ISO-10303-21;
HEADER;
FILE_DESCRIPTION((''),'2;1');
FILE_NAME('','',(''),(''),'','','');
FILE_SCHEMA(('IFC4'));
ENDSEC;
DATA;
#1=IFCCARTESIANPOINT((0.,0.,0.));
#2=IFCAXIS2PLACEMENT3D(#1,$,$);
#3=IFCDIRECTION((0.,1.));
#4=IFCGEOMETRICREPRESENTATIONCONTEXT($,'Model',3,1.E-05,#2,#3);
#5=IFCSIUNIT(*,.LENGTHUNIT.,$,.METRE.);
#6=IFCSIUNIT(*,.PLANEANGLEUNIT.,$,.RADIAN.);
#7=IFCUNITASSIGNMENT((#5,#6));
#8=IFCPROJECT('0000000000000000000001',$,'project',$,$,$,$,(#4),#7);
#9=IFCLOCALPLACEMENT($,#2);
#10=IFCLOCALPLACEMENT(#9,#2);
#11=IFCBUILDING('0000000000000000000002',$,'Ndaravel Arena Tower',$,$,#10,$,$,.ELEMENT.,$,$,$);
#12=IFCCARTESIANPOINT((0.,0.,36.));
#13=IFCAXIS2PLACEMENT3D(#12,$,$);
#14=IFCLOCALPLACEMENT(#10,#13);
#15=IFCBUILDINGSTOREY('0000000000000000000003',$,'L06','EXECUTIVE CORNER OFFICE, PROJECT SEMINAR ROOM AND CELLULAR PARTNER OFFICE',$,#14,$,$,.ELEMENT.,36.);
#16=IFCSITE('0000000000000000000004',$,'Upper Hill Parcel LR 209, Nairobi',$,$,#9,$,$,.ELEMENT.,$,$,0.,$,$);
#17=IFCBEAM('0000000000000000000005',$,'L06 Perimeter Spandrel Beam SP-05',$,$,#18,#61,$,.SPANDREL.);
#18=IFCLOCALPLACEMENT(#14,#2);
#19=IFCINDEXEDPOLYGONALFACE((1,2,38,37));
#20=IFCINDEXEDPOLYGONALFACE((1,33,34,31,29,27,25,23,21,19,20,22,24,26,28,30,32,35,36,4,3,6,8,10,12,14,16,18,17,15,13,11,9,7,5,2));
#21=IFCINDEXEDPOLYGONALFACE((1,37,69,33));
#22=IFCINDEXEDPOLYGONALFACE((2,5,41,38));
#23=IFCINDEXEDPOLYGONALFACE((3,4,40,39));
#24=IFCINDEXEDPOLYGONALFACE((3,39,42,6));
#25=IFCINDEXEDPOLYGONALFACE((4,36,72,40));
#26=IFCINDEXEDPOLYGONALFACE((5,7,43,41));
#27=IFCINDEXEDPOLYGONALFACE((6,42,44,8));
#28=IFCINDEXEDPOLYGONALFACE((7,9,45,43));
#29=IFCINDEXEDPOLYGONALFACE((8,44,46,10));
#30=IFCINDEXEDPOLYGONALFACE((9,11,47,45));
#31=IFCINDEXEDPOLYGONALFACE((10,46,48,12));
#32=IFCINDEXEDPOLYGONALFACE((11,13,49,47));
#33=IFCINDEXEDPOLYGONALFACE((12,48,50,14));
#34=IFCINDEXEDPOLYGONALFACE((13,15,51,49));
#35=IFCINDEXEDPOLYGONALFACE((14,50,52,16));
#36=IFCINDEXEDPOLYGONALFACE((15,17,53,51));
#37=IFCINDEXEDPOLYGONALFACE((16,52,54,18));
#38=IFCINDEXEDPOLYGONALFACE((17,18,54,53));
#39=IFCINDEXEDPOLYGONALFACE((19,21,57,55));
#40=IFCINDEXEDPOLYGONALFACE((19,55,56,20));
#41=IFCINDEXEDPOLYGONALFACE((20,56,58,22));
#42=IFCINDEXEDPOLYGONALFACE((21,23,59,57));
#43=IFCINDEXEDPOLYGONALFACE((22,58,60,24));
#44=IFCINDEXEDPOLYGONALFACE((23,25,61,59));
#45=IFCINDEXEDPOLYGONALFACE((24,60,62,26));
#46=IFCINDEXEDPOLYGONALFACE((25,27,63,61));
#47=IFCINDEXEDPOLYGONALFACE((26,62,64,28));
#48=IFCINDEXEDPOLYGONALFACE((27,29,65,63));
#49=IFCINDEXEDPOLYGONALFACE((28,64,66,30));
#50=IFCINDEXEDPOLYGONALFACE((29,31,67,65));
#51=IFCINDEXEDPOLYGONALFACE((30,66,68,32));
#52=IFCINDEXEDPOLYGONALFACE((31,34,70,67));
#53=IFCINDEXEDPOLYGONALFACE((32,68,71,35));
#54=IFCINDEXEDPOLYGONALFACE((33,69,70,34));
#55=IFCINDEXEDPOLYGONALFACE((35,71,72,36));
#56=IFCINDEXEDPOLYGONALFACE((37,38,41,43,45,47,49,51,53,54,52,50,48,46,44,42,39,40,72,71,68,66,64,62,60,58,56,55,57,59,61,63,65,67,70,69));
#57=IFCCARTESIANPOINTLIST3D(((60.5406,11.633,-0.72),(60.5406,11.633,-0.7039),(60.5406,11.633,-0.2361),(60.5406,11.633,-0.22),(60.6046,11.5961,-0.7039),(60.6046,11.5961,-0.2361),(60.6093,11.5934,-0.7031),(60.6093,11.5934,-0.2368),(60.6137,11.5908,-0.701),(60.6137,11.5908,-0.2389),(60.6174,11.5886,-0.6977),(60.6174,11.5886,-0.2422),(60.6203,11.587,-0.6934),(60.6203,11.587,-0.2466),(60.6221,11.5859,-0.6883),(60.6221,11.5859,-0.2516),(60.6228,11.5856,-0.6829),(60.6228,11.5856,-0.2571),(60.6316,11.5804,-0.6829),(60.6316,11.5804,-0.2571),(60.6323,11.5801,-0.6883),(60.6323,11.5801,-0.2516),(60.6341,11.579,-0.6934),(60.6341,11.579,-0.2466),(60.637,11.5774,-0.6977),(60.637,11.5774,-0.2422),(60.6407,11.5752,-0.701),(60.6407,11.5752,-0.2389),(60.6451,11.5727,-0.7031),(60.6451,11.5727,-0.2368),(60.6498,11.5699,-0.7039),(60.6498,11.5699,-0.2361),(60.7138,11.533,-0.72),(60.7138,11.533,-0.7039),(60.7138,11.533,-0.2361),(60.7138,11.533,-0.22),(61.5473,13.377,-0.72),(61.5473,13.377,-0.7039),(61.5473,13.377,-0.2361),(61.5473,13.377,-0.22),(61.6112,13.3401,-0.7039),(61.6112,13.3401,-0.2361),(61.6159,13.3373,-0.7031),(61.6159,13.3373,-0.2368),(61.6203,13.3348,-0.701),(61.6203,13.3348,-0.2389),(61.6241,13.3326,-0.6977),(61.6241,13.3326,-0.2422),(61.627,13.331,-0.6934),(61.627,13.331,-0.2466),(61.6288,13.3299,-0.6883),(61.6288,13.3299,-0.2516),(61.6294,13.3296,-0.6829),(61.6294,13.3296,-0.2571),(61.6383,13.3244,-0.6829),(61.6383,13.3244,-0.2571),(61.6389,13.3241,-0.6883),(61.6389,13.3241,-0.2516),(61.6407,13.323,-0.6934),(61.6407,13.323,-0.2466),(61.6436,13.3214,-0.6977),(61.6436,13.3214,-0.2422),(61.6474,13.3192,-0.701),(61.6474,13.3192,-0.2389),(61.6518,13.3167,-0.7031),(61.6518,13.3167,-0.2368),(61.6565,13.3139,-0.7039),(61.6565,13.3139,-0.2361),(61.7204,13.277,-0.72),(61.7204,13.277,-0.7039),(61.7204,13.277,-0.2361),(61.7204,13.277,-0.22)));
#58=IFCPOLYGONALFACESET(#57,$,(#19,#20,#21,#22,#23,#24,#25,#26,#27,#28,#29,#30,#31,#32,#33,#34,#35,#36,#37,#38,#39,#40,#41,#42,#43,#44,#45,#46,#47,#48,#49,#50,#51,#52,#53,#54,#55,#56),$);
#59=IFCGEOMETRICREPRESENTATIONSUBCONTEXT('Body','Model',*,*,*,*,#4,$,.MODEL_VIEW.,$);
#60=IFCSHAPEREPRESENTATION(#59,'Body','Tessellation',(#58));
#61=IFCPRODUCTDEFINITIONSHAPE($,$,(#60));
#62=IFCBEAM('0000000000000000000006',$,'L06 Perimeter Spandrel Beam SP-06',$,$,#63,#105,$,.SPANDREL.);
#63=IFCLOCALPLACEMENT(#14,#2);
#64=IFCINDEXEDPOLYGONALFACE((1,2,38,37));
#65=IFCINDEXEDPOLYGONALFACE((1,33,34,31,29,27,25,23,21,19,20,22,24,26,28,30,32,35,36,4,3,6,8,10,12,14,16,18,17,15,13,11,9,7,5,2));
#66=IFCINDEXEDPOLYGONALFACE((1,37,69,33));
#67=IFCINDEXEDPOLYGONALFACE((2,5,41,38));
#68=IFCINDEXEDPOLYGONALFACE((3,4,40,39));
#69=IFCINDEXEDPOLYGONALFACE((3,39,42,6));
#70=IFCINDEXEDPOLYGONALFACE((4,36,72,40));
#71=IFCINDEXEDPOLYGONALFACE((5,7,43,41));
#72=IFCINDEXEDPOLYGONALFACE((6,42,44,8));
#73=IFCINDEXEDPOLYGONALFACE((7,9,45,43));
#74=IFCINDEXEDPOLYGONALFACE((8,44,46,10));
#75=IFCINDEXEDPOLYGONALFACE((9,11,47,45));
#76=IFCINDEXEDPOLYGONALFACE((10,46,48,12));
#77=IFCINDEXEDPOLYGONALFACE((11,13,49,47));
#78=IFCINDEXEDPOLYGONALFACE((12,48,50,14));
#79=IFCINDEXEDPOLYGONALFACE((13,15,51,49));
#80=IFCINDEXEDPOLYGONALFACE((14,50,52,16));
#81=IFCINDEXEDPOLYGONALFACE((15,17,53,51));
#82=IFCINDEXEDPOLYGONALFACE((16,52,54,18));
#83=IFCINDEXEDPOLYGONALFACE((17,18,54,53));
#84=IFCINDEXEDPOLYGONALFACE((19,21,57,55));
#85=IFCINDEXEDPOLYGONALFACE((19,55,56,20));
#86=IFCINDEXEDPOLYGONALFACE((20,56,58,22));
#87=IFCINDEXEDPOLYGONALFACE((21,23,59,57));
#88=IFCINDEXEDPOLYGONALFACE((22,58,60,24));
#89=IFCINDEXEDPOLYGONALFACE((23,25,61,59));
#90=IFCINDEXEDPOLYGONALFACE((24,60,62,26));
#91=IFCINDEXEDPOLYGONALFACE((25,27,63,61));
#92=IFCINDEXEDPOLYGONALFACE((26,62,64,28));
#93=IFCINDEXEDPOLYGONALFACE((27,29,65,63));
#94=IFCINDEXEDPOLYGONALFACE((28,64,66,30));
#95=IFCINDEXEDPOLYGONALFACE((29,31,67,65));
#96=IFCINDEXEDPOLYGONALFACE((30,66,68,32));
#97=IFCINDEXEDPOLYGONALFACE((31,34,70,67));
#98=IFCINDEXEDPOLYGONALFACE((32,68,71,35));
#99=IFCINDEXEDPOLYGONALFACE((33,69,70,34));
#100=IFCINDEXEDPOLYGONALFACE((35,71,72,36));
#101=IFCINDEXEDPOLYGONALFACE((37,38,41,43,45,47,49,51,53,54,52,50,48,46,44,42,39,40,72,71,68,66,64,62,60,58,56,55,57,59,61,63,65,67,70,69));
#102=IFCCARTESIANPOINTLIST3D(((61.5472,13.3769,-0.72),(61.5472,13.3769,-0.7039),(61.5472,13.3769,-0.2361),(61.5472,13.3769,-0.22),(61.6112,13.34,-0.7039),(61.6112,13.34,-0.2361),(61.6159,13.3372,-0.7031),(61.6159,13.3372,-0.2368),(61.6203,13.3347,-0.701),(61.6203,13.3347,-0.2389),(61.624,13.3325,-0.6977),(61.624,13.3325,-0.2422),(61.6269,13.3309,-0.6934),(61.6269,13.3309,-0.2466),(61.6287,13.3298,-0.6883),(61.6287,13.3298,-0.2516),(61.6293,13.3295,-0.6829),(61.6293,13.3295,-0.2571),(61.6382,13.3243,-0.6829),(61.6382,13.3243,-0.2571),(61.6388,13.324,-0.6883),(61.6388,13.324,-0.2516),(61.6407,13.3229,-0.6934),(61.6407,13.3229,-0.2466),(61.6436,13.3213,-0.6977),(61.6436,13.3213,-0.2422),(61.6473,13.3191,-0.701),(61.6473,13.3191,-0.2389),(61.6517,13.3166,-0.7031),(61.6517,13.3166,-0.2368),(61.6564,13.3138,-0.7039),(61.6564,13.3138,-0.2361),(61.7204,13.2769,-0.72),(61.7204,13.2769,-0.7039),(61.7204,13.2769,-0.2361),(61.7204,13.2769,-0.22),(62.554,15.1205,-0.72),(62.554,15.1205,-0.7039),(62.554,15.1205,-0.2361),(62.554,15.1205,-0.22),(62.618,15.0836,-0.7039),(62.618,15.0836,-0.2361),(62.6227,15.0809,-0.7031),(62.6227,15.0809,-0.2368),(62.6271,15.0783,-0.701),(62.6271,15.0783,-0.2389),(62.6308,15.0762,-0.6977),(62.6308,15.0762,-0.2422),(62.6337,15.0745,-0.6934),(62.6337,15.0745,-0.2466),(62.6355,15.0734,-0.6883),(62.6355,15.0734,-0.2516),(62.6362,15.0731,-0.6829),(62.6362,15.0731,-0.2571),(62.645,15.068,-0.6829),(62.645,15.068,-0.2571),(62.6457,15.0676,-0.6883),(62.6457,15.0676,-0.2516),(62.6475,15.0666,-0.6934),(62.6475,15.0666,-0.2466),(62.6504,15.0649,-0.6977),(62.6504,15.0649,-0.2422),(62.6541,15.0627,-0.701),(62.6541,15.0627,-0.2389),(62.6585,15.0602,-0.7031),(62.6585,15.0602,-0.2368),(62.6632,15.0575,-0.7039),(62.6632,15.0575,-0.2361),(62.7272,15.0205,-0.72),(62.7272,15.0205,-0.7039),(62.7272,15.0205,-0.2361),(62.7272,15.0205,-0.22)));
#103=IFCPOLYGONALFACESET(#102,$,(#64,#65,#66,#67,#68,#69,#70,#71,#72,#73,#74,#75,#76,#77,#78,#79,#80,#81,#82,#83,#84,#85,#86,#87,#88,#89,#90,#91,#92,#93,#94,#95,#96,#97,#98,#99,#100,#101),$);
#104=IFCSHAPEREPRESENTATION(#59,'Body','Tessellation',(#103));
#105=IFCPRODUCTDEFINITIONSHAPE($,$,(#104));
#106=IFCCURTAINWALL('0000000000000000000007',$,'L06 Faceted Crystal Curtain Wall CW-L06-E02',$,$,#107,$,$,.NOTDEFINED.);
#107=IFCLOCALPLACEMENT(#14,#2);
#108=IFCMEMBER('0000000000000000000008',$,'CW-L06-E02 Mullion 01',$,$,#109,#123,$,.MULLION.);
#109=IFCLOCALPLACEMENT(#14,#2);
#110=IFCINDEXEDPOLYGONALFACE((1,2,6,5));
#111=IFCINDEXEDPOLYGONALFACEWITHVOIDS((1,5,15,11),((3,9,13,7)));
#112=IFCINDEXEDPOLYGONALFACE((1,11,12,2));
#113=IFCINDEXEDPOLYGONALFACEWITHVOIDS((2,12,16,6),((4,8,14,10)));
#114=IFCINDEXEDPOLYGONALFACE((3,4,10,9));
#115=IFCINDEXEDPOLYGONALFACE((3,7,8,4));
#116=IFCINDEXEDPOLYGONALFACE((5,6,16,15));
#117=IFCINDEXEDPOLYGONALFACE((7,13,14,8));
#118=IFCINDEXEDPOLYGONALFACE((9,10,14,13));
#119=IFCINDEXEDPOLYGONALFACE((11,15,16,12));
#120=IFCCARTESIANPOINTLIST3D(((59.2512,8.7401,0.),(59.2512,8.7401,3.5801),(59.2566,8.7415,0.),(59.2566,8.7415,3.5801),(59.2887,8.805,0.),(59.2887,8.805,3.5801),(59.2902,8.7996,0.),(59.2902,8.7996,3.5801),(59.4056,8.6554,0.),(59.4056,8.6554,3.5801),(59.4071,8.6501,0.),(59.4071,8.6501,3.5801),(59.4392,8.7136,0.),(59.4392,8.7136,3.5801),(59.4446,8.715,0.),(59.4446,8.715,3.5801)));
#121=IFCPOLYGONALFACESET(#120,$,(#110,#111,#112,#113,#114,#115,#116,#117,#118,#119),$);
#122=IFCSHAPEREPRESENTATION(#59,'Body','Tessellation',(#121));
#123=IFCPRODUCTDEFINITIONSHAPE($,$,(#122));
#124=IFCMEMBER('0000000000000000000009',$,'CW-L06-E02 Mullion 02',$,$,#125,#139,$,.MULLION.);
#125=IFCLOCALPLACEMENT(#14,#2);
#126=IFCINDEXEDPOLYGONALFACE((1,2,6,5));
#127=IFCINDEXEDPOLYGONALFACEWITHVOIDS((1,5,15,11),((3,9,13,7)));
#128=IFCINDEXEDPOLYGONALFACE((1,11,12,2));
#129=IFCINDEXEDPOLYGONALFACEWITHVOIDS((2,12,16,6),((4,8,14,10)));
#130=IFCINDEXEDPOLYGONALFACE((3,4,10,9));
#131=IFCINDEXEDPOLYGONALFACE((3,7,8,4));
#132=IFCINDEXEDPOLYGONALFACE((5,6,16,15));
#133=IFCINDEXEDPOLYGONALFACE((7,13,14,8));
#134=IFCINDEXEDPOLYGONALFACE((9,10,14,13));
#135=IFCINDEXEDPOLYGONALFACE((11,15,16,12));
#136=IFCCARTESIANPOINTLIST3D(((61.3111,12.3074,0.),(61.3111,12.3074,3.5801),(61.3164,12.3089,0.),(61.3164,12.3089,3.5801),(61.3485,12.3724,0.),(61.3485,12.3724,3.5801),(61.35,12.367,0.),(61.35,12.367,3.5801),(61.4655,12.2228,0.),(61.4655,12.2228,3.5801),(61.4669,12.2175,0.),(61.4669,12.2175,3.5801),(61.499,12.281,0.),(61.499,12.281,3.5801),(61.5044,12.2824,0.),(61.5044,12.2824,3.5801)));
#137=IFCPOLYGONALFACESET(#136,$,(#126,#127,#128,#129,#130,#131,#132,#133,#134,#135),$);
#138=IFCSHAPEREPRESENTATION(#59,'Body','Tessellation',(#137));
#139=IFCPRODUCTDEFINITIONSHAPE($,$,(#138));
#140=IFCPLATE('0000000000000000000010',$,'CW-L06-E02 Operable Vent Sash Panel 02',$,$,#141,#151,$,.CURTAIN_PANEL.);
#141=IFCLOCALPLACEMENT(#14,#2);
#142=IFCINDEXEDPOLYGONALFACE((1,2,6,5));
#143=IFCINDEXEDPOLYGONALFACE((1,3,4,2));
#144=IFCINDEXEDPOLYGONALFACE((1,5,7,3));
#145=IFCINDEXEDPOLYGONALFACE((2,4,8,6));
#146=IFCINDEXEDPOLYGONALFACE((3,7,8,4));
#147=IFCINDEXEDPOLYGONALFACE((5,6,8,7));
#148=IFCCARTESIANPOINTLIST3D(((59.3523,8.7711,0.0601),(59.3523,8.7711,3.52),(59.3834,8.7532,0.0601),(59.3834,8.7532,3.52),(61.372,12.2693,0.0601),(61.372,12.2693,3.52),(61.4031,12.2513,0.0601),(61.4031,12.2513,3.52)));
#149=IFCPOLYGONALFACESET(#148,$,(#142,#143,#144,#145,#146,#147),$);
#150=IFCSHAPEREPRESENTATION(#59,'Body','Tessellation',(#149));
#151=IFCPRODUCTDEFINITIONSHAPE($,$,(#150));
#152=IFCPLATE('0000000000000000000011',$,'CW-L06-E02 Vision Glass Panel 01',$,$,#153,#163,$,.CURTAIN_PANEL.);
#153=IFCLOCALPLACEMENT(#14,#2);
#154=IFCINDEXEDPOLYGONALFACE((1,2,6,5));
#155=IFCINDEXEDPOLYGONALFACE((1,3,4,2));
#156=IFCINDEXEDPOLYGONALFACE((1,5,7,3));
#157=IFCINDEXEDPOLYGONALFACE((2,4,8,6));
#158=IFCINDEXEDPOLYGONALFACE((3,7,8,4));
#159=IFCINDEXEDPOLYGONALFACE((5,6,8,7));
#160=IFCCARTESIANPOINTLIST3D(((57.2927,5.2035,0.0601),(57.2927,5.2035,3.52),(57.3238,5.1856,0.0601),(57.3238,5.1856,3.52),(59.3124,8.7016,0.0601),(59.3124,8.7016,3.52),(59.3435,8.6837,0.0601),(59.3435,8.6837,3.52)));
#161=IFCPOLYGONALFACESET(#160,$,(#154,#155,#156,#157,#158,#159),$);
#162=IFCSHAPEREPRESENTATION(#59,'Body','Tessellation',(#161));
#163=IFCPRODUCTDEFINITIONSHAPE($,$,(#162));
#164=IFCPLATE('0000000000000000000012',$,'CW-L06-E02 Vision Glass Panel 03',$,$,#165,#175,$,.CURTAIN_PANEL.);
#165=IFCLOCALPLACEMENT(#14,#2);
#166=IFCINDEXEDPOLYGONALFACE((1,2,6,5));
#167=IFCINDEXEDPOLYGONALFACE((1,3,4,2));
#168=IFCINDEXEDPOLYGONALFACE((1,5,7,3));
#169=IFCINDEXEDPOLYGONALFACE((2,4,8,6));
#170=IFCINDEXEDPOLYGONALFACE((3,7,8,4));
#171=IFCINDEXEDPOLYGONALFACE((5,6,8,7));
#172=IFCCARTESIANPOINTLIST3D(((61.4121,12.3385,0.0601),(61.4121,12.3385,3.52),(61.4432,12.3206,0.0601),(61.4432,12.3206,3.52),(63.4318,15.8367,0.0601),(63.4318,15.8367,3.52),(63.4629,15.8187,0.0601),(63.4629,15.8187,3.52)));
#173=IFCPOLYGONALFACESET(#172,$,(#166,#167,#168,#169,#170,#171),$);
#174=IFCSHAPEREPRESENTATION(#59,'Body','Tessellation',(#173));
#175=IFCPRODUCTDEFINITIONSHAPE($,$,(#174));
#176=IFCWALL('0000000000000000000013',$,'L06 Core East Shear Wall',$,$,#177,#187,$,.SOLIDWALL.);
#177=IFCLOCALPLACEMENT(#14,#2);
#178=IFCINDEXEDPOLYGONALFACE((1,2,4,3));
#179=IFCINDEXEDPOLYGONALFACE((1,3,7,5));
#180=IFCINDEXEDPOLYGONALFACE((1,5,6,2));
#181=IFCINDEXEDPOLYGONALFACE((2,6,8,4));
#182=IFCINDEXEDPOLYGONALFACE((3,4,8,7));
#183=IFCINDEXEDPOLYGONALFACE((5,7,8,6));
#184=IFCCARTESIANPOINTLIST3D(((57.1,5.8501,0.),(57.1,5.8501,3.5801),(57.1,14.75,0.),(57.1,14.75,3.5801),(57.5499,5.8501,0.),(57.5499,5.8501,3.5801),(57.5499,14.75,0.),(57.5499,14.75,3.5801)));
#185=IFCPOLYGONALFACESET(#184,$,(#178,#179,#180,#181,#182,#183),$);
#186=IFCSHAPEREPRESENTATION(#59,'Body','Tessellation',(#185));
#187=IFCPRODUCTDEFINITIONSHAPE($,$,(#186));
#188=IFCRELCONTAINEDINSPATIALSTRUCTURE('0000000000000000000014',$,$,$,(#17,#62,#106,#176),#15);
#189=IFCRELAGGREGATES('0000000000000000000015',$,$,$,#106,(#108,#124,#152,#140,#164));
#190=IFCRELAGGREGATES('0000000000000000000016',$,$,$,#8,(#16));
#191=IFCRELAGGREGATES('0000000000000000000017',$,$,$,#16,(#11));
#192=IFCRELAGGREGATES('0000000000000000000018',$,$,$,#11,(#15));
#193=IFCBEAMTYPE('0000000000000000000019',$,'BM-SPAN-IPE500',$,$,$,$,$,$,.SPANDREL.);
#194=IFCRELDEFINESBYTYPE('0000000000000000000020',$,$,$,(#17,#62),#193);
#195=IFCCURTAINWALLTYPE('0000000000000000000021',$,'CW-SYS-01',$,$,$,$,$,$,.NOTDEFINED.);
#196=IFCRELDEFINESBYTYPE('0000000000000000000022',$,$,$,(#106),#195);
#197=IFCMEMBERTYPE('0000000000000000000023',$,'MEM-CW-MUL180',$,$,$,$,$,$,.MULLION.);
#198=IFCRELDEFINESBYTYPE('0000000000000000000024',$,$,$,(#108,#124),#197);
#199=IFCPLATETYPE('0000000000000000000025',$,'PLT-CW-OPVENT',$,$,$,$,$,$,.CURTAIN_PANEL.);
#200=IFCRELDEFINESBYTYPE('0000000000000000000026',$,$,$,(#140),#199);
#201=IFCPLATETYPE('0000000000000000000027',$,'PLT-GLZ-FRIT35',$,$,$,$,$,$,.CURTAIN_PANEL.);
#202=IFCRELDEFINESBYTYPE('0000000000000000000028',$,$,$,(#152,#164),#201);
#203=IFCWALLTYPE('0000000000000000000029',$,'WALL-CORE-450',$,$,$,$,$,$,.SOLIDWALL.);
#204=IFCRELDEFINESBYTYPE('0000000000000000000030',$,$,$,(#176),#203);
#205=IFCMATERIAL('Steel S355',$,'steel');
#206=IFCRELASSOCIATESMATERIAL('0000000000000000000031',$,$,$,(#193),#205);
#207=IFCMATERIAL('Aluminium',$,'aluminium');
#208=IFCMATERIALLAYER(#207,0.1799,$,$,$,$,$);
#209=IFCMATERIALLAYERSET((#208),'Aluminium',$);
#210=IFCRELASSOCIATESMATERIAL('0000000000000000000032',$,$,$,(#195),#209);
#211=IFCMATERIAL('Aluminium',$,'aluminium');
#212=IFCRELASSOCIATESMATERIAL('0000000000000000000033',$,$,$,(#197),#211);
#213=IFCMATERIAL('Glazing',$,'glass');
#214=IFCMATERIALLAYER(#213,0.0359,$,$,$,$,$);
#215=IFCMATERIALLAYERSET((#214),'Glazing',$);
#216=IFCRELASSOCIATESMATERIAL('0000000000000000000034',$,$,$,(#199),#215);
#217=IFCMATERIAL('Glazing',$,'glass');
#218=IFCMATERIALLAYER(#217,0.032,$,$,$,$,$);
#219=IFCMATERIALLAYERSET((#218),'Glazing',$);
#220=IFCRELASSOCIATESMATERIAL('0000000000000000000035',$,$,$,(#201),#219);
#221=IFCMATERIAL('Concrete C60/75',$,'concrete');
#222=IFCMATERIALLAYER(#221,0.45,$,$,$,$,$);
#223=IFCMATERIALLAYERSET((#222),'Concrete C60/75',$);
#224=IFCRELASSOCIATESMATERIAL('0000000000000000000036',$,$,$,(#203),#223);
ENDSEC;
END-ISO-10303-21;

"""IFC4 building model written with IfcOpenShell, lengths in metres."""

from ifc_helpers import new_model, si_unit, direction, frame, frame_2d, origin, origin_2d, place, context, subcontext, project, spatial, rectangle, hollow_rectangle, i_section, extrude, material, layer, layer_set, material_profile, profile_set, type_object, element, aggregate, save


model = new_model("IFC4")

# Units and contexts
model_context = context("Model", 3, precision=1e-05, world=origin(), true_north=direction((0.0, 1.0)))
body_context = subcontext(model_context, "Body", "Model", "MODEL_VIEW")
ifc_project = project(units=[si_unit("LENGTHUNIT", "METRE"), si_unit("PLANEANGLEUNIT", "RADIAN")], contexts=[model_context])

# Site, building, storey
site_placement = place(None, origin())
site = spatial("IfcSite", under=ifc_project, at=site_placement, Name="Upper Hill Parcel LR 209, Nairobi", CompositionType="ELEMENT", RefElevation=0.0)
building_placement = place(site_placement, origin())
building = spatial("IfcBuilding", under=site, at=building_placement, Name="Ndaravel Arena Tower", CompositionType="ELEMENT")
storey_placement = place(building_placement, frame((0.0, 0.0, 36.0)))
storey = spatial("IfcBuildingStorey", under=building, at=storey_placement, Name="L06", Description="EXECUTIVE CORNER OFFICE, PROJECT SEMINAR ROOM AND CELLULAR PARTNER OFFICE", CompositionType="ELEMENT", Elevation=36.0)

# Beams
ifc_material_1 = material(Name="Steel S355", Category="steel")
ifc_material_profile_1 = material_profile(ifc_material_1, i_section(OverallWidth=0.2, OverallDepth=0.5, WebThickness=0.0103, FlangeThickness=0.0161, FilletRadius=0.021, at=origin_2d()), Name="IPE 500")
ifc_profile_set_1 = profile_set([ifc_material_profile_1], Name="Steel S355")
beam_type = type_object("IfcBeamType", Name="BM-SPAN-IPE500", PredefinedType="SPANDREL", material=ifc_profile_set_1)
beam_1_placement = place(storey_placement, frame((60.6272, 11.583, -0.47), z_axis=(0.499908, 0.866079, 0.0), x_axis=(-0.866079, 0.499908, 0.0)))
element("IfcBeam", 1, at=beam_1_placement, inside=storey, type_object=beam_type, Name="L06 Perimeter Spandrel Beam SP-05", PredefinedType="SPANDREL", context=body_context, shape_type="SweptSolid", body=[
    extrude(i_section(OverallWidth=0.2, OverallDepth=0.5, WebThickness=0.0103, FlangeThickness=0.0161, FilletRadius=0.021, at=origin_2d()), origin(), (0.0, 0.0, 1.0), 2.0137),
])
beam_2_placement = place(storey_placement, frame((61.6338, 13.3269, -0.47), z_axis=(0.500051, 0.865996, 0.0), x_axis=(-0.865996, 0.500051, 0.0)))
element("IfcBeam", 2, at=beam_2_placement, inside=storey, type_object=beam_type, Name="L06 Perimeter Spandrel Beam SP-06", PredefinedType="SPANDREL", context=body_context, shape_type="SweptSolid", body=[
    extrude(i_section(OverallWidth=0.2, OverallDepth=0.5, WebThickness=0.0103, FlangeThickness=0.0161, FilletRadius=0.021, at=origin_2d()), origin(), (0.0, 0.0, 1.0), 2.0134),
])

# Curtain wall, members, plates
ifc_material_2 = material(Name="Aluminium", Category="aluminium")
ifc_layer_1 = layer(ifc_material_2, 0.1799)
ifc_layer_set_1 = layer_set([ifc_layer_1], Name="Aluminium")
curtain_wall_type = type_object("IfcCurtainWallType", Name="CW-SYS-01", PredefinedType="NOTDEFINED", material=ifc_layer_set_1)
curtain_wall_placement = place(storey_placement, origin())
curtain_wall = element("IfcCurtainWall", 3, at=curtain_wall_placement, inside=storey, type_object=curtain_wall_type, Name="L06 Faceted Crystal Curtain Wall CW-L06-E02", PredefinedType="NOTDEFINED")
ifc_material_3 = material(Name="Aluminium", Category="aluminium")
ifc_material_profile_2 = material_profile(ifc_material_3, hollow_rectangle(XDim=0.075, YDim=0.1799, WallThickness=0.0039, at=origin_2d()), Name="CW MULLION 75x180x4")
ifc_profile_set_2 = profile_set([ifc_material_profile_2], Name="Aluminium")
member_type = type_object("IfcMemberType", Name="MEM-CW-MUL180", PredefinedType="MULLION", material=ifc_profile_set_2)
member_1_placement = place(storey_placement, frame((59.3479, 8.7275, 0.0), z_axis=(0.0, 0.0, 1.0), x_axis=(0.5, 0.866025, 0.0)))
member_1 = element("IfcMember", 4, at=member_1_placement, type_object=member_type, Name="CW-L06-E02 Mullion 01", PredefinedType="MULLION", context=body_context, shape_type="SweptSolid", body=[
    extrude(hollow_rectangle(XDim=0.075, YDim=0.1799, WallThickness=0.0039, at=origin_2d()), origin(), (0.0, 0.0, 1.0), 3.5801),
])
member_2_placement = place(storey_placement, frame((61.4077, 12.2949, 0.0), z_axis=(0.0, 0.0, 1.0), x_axis=(0.5, 0.866025, 0.0)))
member_2 = element("IfcMember", 5, at=member_2_placement, type_object=member_type, Name="CW-L06-E02 Mullion 02", PredefinedType="MULLION", context=body_context, shape_type="SweptSolid", body=[
    extrude(hollow_rectangle(XDim=0.075, YDim=0.1799, WallThickness=0.0039, at=origin_2d()), origin(), (0.0, 0.0, 1.0), 3.5801),
])
ifc_material_4 = material(Name="Glazing", Category="glass")
ifc_layer_2 = layer(ifc_material_4, 0.0359)
ifc_layer_set_2 = layer_set([ifc_layer_2], Name="Glazing")
plate_type_1 = type_object("IfcPlateType", Name="PLT-CW-OPVENT", PredefinedType="CURTAIN_PANEL", material=ifc_layer_set_2)
plate_1_placement = place(storey_placement, frame((60.3777, 10.5112, 0.0601), z_axis=(0.0, 0.0, 1.0), x_axis=(0.5, 0.866025, 0.0)))
plate_1 = element("IfcPlate", 6, at=plate_1_placement, type_object=plate_type_1, Name="CW-L06-E02 Operable Vent Sash Panel 02", PredefinedType="CURTAIN_PANEL", context=body_context, shape_type="SweptSolid", body=[
    extrude(rectangle(XDim=4.0393, YDim=0.0359, at=origin_2d()), origin(), (0.0, 0.0, 1.0), 3.46),
])
ifc_material_5 = material(Name="Glazing", Category="glass")
ifc_layer_3 = layer(ifc_material_5, 0.032)
ifc_layer_set_3 = layer_set([ifc_layer_3], Name="Glazing")
plate_type_2 = type_object("IfcPlateType", Name="PLT-GLZ-FRIT35", PredefinedType="CURTAIN_PANEL", material=ifc_layer_set_3)
plate_2_placement = place(storey_placement, frame((58.3181, 6.9436, 0.0601), z_axis=(0.0, 0.0, 1.0), x_axis=(0.5, 0.866025, 0.0)))
plate_2 = element("IfcPlate", 7, at=plate_2_placement, type_object=plate_type_2, Name="CW-L06-E02 Vision Glass Panel 01", PredefinedType="CURTAIN_PANEL", context=body_context, shape_type="SweptSolid", body=[
    extrude(rectangle(XDim=4.0393, YDim=0.0359, at=origin_2d()), origin(), (0.0, 0.0, 1.0), 3.46),
])
plate_3_placement = place(storey_placement, frame((62.4375, 14.0786, 0.0601), z_axis=(0.0, 0.0, 1.0), x_axis=(0.5, 0.866025, 0.0)))
plate_3 = element("IfcPlate", 8, at=plate_3_placement, type_object=plate_type_2, Name="CW-L06-E02 Vision Glass Panel 03", PredefinedType="CURTAIN_PANEL", context=body_context, shape_type="SweptSolid", body=[
    extrude(rectangle(XDim=4.0393, YDim=0.0359, at=origin_2d()), origin(), (0.0, 0.0, 1.0), 3.46),
])
aggregate(curtain_wall, [member_1, member_2, plate_2, plate_1, plate_3])

# Wall
ifc_material_6 = material(Name="Concrete C60/75", Category="concrete")
ifc_layer_4 = layer(ifc_material_6, 0.45)
ifc_layer_set_4 = layer_set([ifc_layer_4], Name="Concrete C60/75")
wall_type = type_object("IfcWallType", Name="WALL-CORE-450", PredefinedType="SOLIDWALL", material=ifc_layer_set_4)
wall_placement = place(storey_placement, frame((57.325, 5.8501, 0.0), z_axis=(0.0, 0.0, 1.0), x_axis=(0.0, 1.0, 0.0)))
element("IfcWall", 9, at=wall_placement, inside=storey, type_object=wall_type, Name="L06 Core East Shear Wall", PredefinedType="SOLIDWALL", context=body_context, shape_type="SweptSolid", body=[
    extrude(rectangle(XDim=8.8999, YDim=0.45, at=frame_2d((4.45, 0.0))), origin(), (0.0, 0.0, 1.0), 3.5801),
])

save(model, "model.ifc")
